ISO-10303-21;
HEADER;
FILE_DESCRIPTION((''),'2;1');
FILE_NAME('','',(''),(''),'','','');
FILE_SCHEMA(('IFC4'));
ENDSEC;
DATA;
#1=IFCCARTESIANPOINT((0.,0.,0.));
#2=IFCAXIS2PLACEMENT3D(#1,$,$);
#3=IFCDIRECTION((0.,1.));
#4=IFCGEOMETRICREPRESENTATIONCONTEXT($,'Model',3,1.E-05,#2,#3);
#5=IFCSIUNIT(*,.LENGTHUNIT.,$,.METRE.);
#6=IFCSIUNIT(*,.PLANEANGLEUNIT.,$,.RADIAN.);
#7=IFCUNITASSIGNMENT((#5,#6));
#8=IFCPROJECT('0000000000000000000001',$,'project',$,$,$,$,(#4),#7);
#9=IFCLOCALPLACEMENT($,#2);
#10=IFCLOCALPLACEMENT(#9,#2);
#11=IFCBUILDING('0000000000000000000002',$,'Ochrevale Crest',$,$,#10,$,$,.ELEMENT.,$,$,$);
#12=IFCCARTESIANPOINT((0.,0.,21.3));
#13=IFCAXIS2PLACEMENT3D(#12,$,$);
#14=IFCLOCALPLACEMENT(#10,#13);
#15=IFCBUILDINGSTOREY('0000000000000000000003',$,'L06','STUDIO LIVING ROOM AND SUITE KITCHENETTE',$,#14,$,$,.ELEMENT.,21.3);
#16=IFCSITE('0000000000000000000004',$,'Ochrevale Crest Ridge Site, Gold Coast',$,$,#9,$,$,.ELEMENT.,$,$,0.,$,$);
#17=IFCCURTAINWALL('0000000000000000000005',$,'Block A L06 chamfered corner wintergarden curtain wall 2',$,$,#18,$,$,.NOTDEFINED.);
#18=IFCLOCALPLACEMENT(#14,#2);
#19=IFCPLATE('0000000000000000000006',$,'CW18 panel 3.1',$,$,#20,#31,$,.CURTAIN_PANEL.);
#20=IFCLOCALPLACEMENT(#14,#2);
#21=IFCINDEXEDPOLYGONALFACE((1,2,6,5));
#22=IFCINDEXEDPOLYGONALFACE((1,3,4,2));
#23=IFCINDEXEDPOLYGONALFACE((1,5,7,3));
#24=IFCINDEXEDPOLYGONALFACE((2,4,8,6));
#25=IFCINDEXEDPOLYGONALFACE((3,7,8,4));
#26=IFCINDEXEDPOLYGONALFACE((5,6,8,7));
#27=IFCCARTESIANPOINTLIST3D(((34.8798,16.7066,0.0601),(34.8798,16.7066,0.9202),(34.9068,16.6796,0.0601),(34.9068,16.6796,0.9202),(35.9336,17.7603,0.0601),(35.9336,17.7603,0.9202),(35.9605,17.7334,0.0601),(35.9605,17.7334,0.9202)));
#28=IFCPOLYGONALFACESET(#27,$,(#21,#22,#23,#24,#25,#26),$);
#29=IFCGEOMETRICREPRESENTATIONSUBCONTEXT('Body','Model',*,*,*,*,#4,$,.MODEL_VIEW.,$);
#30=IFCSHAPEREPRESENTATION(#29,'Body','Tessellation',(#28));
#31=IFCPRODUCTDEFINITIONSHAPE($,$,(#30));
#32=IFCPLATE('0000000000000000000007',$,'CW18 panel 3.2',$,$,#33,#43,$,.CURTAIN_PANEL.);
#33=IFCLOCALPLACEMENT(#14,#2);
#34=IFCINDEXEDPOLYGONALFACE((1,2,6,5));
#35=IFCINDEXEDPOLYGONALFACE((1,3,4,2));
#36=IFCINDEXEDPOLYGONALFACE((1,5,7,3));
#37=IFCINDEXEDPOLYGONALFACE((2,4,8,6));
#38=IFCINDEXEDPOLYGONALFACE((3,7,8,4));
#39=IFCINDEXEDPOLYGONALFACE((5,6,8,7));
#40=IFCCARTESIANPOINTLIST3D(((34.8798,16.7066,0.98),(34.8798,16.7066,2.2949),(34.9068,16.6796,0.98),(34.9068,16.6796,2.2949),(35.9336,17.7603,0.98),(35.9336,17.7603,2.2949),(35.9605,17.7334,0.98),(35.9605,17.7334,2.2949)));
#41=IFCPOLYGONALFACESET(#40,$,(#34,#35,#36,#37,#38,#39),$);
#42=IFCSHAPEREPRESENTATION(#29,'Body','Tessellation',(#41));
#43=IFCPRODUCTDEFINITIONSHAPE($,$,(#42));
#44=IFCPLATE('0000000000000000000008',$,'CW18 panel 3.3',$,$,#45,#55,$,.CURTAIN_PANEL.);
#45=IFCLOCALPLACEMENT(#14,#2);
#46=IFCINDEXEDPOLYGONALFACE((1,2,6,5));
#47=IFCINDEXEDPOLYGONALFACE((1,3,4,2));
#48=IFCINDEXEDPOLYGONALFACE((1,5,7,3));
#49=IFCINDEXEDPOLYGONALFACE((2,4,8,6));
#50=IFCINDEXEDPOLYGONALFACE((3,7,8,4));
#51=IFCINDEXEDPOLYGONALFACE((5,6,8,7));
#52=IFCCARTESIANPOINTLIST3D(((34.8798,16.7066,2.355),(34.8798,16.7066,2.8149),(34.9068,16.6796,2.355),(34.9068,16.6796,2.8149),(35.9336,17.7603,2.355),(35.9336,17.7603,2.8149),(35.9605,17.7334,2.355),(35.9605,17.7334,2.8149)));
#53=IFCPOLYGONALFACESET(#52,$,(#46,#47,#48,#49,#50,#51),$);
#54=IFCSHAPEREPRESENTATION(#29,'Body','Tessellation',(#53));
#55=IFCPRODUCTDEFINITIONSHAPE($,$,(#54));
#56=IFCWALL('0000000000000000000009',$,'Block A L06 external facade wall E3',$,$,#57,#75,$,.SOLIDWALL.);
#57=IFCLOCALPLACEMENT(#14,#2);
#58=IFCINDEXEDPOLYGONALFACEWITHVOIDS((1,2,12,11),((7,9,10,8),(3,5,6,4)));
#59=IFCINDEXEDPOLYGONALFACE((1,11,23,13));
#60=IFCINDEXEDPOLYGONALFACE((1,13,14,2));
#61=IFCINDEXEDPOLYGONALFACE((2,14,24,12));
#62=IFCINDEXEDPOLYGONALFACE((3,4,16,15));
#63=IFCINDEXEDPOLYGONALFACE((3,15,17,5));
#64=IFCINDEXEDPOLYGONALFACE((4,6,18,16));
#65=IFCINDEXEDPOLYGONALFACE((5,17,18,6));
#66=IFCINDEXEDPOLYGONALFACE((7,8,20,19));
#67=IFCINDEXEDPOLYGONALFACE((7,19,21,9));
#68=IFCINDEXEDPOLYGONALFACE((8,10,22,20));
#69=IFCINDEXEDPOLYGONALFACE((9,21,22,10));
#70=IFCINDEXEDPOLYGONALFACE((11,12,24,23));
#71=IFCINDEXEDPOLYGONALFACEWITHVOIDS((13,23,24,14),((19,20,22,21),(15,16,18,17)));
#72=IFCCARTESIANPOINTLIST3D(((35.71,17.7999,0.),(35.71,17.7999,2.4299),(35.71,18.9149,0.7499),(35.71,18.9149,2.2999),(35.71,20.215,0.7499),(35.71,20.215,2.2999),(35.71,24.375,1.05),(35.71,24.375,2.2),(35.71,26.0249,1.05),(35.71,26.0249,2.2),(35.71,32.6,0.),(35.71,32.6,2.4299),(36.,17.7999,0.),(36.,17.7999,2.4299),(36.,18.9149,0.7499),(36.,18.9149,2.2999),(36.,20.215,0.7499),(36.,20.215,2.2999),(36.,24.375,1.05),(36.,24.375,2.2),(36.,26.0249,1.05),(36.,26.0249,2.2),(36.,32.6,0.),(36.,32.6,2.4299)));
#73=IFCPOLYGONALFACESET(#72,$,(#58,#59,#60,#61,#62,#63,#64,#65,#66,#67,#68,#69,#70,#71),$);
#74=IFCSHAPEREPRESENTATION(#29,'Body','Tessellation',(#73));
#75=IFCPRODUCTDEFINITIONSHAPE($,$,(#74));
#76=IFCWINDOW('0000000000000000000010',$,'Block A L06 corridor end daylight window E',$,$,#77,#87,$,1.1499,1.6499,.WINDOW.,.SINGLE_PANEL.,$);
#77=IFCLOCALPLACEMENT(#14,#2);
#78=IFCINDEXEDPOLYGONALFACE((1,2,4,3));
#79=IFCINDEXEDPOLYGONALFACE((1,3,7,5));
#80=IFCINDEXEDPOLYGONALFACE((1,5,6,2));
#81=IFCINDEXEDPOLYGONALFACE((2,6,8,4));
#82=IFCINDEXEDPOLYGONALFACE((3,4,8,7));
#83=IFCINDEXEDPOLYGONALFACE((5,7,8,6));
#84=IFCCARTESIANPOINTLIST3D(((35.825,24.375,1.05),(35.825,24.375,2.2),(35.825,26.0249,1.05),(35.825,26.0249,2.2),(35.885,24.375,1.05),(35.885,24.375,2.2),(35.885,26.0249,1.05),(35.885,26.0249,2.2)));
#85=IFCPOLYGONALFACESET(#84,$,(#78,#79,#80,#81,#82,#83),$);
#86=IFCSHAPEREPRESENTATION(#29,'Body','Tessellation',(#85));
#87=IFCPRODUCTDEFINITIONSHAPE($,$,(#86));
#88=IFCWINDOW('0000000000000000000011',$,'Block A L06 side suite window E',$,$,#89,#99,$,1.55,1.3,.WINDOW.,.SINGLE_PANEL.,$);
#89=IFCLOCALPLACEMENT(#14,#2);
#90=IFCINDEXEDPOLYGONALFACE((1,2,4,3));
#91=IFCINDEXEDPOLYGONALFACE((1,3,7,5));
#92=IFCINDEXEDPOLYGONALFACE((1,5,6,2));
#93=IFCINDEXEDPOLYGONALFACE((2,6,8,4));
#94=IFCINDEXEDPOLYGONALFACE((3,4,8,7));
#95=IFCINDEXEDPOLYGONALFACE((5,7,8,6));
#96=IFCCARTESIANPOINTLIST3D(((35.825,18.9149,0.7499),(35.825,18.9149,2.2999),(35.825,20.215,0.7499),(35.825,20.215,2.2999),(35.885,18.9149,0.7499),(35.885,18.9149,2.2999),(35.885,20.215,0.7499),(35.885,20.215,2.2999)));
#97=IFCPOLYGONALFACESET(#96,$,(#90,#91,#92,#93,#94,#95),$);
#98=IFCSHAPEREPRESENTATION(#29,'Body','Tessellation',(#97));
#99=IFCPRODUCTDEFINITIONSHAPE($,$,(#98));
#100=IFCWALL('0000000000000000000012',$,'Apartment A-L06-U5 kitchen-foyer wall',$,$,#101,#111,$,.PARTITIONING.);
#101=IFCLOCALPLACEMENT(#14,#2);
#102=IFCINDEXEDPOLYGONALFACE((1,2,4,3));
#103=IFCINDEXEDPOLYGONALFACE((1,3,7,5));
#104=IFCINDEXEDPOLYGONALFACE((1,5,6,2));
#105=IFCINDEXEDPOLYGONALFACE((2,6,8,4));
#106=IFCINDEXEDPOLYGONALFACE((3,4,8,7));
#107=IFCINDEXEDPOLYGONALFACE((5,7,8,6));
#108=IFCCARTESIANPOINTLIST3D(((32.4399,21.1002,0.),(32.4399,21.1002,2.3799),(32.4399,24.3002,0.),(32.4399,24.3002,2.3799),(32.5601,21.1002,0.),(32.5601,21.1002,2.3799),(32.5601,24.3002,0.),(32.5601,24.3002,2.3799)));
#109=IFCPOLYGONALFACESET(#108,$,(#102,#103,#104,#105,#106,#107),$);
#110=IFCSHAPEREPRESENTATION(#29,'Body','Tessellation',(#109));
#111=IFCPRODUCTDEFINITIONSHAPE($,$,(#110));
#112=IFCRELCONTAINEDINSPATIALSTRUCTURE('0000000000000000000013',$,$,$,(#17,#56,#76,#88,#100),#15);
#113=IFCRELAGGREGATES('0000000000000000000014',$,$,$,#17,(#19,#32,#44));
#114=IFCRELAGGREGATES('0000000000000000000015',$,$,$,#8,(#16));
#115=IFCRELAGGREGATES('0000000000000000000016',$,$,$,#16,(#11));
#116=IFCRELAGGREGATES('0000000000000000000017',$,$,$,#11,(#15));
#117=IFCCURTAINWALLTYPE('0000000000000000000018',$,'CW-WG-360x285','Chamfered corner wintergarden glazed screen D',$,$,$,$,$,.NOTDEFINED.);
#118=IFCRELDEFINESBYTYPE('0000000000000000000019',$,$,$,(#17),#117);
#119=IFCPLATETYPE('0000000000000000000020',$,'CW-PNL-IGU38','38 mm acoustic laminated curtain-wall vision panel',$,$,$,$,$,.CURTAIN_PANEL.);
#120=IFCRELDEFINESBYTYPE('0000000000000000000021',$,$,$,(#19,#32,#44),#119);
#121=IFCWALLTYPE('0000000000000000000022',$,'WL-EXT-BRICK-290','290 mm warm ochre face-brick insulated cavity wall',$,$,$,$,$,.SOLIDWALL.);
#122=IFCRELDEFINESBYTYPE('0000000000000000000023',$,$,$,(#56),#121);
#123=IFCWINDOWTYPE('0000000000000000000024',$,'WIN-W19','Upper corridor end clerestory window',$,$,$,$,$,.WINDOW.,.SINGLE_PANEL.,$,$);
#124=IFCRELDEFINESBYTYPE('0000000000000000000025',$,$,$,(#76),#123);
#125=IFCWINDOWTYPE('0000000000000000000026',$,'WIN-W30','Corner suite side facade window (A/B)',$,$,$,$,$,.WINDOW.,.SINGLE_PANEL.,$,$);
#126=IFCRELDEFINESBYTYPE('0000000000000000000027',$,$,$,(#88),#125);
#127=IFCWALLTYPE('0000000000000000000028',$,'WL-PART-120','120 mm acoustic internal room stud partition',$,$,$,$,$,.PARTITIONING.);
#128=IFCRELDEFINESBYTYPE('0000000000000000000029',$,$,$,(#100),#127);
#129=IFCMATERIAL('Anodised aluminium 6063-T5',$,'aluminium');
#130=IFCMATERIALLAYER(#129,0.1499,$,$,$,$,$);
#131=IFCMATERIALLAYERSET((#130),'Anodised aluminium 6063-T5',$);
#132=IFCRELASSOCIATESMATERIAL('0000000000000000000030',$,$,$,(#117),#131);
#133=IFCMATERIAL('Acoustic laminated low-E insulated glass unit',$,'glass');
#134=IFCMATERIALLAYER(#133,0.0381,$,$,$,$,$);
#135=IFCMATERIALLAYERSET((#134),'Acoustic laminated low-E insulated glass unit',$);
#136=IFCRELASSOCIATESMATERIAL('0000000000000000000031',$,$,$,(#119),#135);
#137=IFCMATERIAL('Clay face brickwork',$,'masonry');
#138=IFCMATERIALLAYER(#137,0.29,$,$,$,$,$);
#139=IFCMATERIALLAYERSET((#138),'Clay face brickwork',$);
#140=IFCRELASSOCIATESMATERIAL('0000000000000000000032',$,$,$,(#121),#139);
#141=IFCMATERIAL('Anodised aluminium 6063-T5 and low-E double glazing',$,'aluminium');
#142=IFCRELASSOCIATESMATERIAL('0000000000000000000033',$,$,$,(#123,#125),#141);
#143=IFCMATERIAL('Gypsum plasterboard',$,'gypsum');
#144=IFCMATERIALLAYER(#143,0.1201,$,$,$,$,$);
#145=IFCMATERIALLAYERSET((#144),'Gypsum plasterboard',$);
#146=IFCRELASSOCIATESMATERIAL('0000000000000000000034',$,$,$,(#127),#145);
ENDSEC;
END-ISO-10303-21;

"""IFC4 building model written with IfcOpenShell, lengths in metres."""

from ifc_helpers import new_model, si_unit, direction, frame, frame_2d, origin, origin_2d, place, context, subcontext, project, spatial, rectangle, extrude, material, layer, layer_set, type_object, element, fill, aggregate, save


model = new_model("IFC4")

# Units and contexts
model_context = context("Model", 3, precision=1e-05, world=origin(), true_north=direction((0.0, 1.0)))
body_context = subcontext(model_context, "Body", "Model", "MODEL_VIEW")
ifc_project = project(units=[si_unit("LENGTHUNIT", "METRE"), si_unit("PLANEANGLEUNIT", "RADIAN")], contexts=[model_context])

# Site, building, storey
site_placement = place(None, origin())
site = spatial("IfcSite", under=ifc_project, at=site_placement, Name="Ochrevale Crest Ridge Site, Gold Coast", CompositionType="ELEMENT", RefElevation=0.0)
building_placement = place(site_placement, origin())
building = spatial("IfcBuilding", under=site, at=building_placement, Name="Ochrevale Crest", CompositionType="ELEMENT")
storey_placement = place(building_placement, frame((0.0, 0.0, 21.3)))
storey = spatial("IfcBuildingStorey", under=building, at=storey_placement, Name="L06", Description="STUDIO LIVING ROOM AND SUITE KITCHENETTE", CompositionType="ELEMENT", Elevation=21.3)

# Curtain wall, plates
ifc_material_1 = material(Name="Anodised aluminium 6063-T5", Category="aluminium")
ifc_layer_1 = layer(ifc_material_1, 0.1499)
ifc_layer_set_1 = layer_set([ifc_layer_1], Name="Anodised aluminium 6063-T5")
curtain_wall_type = type_object("IfcCurtainWallType", Name="CW-WG-360x285", Description="Chamfered corner wintergarden glazed screen D", PredefinedType="NOTDEFINED", material=ifc_layer_set_1)
curtain_wall_placement = place(storey_placement, origin())
curtain_wall = element("IfcCurtainWall", 1, at=curtain_wall_placement, inside=storey, type_object=curtain_wall_type, Name="Block A L06 chamfered corner wintergarden curtain wall 2", PredefinedType="NOTDEFINED")
ifc_material_2 = material(Name="Acoustic laminated low-E insulated glass unit", Category="glass")
ifc_layer_2 = layer(ifc_material_2, 0.0381)
ifc_layer_set_2 = layer_set([ifc_layer_2], Name="Acoustic laminated low-E insulated glass unit")
plate_type = type_object("IfcPlateType", Name="CW-PNL-IGU38", Description="38 mm acoustic laminated curtain-wall vision panel", PredefinedType="CURTAIN_PANEL", material=ifc_layer_set_2)
plate_1_placement = place(storey_placement, frame((35.4202, 17.22, 0.0601), z_axis=(0.0, 0.0, 1.0), x_axis=(0.707107, 0.707107, 0.0)))
plate_1 = element("IfcPlate", 2, at=plate_1_placement, type_object=plate_type, Name="CW18 panel 3.1", PredefinedType="CURTAIN_PANEL", context=body_context, shape_type="SweptSolid", body=[
    extrude(rectangle(XDim=1.4902, YDim=0.0381, at=origin_2d()), origin(), (0.0, 0.0, 1.0), 0.8601),
])
plate_2_placement = place(storey_placement, frame((35.4202, 17.22, 0.98), z_axis=(0.0, 0.0, 1.0), x_axis=(0.707107, 0.707107, 0.0)))
plate_2 = element("IfcPlate", 3, at=plate_2_placement, type_object=plate_type, Name="CW18 panel 3.2", PredefinedType="CURTAIN_PANEL", context=body_context, shape_type="SweptSolid", body=[
    extrude(rectangle(XDim=1.4902, YDim=0.0381, at=origin_2d()), origin(), (0.0, 0.0, 1.0), 1.3149),
])
plate_3_placement = place(storey_placement, frame((35.4202, 17.22, 2.355), z_axis=(0.0, 0.0, 1.0), x_axis=(0.707107, 0.707107, 0.0)))
plate_3 = element("IfcPlate", 4, at=plate_3_placement, type_object=plate_type, Name="CW18 panel 3.3", PredefinedType="CURTAIN_PANEL", context=body_context, shape_type="SweptSolid", body=[
    extrude(rectangle(XDim=1.4902, YDim=0.0381, at=origin_2d()), origin(), (0.0, 0.0, 1.0), 0.46),
])
aggregate(curtain_wall, [plate_1, plate_2, plate_3])

# Wall, openings, windows
ifc_material_3 = material(Name="Clay face brickwork", Category="masonry")
ifc_layer_3 = layer(ifc_material_3, 0.29)
ifc_layer_set_3 = layer_set([ifc_layer_3], Name="Clay face brickwork")
wall_type_1 = type_object("IfcWallType", Name="WL-EXT-BRICK-290", Description="290 mm warm ochre face-brick insulated cavity wall", PredefinedType="SOLIDWALL", material=ifc_layer_set_3)
wall_1_placement = place(storey_placement, frame((35.855, 17.8, 0.0), z_axis=(0.0, 0.0, 1.0), x_axis=(0.0, 1.0, 0.0)))
wall_1 = element("IfcWall", 5, at=wall_1_placement, inside=storey, type_object=wall_type_1, Name="Block A L06 external facade wall E3", PredefinedType="SOLIDWALL", context=body_context, shape_type="SweptSolid", body=[
    extrude(rectangle(XDim=14.8, YDim=0.29, at=frame_2d((7.3999, 0.0))), origin(), (0.0, 0.0, 1.0), 2.4299),
])
opening_1_placement = place(wall_1_placement, frame((6.575, 0.0, 1.05)))
opening_1 = element("IfcOpeningElement", 6, at=opening_1_placement, cuts=wall_1, PredefinedType="OPENING", context=body_context, shape_type="SweptSolid", body=[
    extrude(rectangle(XDim=1.6499, YDim=1.1499, at=frame_2d((0.825, 0.575))), frame((0.0, 0.155, 0.0), z_axis=(0.0, -1.0, 0.0), x_axis=(1.0, 0.0, 0.0)), (0.0, 0.0, 1.0), 0.3101),
])
opening_2_placement = place(wall_1_placement, frame((1.115, 0.0, 0.75)))
opening_2 = element("IfcOpeningElement", 7, at=opening_2_placement, cuts=wall_1, PredefinedType="OPENING", context=body_context, shape_type="SweptSolid", body=[
    extrude(rectangle(XDim=1.3, YDim=1.55, at=frame_2d((0.6499, 0.7749))), frame((0.0, 0.155, 0.0), z_axis=(0.0, -1.0, 0.0), x_axis=(1.0, 0.0, 0.0)), (0.0, 0.0, 1.0), 0.3101),
])
ifc_material_4 = material(Name="Anodised aluminium 6063-T5 and low-E double glazing", Category="aluminium")
window_type_1 = type_object("IfcWindowType", Name="WIN-W19", Description="Upper corridor end clerestory window", PartitioningType="SINGLE_PANEL", PredefinedType="WINDOW", material=ifc_material_4)
window_1_placement = place(opening_1_placement, origin())
window_1 = element("IfcWindow", 8, at=window_1_placement, inside=storey, type_object=window_type_1, Name="Block A L06 corridor end daylight window E", OverallHeight=1.1499, OverallWidth=1.6499, PartitioningType="SINGLE_PANEL", PredefinedType="WINDOW", context=body_context, shape_type="SweptSolid", body=[
    extrude(rectangle(XDim=1.6499, YDim=1.1499, at=frame_2d((0.825, 0.575))), frame((0.0, 0.03, 0.0), z_axis=(0.0, -1.0, 0.0), x_axis=(1.0, 0.0, 0.0)), (0.0, 0.0, 1.0), 0.0601),
])
fill(opening_1, window_1)
window_type_2 = type_object("IfcWindowType", Name="WIN-W30", Description="Corner suite side facade window (A/B)", PartitioningType="SINGLE_PANEL", PredefinedType="WINDOW", material=ifc_material_4)
window_2_placement = place(opening_2_placement, origin())
window_2 = element("IfcWindow", 9, at=window_2_placement, inside=storey, type_object=window_type_2, Name="Block A L06 side suite window E", OverallHeight=1.55, OverallWidth=1.3, PartitioningType="SINGLE_PANEL", PredefinedType="WINDOW", context=body_context, shape_type="SweptSolid", body=[
    extrude(rectangle(XDim=1.3, YDim=1.55, at=frame_2d((0.6499, 0.7749))), frame((0.0, 0.03, 0.0), z_axis=(0.0, -1.0, 0.0), x_axis=(1.0, 0.0, 0.0)), (0.0, 0.0, 1.0), 0.0601),
])
fill(opening_2, window_2)

# Wall
ifc_material_5 = material(Name="Gypsum plasterboard", Category="gypsum")
ifc_layer_4 = layer(ifc_material_5, 0.1201)
ifc_layer_set_4 = layer_set([ifc_layer_4], Name="Gypsum plasterboard")
wall_type_2 = type_object("IfcWallType", Name="WL-PART-120", Description="120 mm acoustic internal room stud partition", PredefinedType="PARTITIONING", material=ifc_layer_set_4)
wall_2_placement = place(storey_placement, frame((32.5, 21.1001, 0.0), z_axis=(0.0, 0.0, 1.0), x_axis=(0.0, 1.0, 0.0)))
element("IfcWall", 10, at=wall_2_placement, inside=storey, type_object=wall_type_2, Name="Apartment A-L06-U5 kitchen-foyer wall", PredefinedType="PARTITIONING", context=body_context, shape_type="SweptSolid", body=[
    extrude(rectangle(XDim=3.2, YDim=0.1201, at=frame_2d((1.6001, 0.0))), origin(), (0.0, 0.0, 1.0), 2.3799),
])

save(model, "model.ifc")
